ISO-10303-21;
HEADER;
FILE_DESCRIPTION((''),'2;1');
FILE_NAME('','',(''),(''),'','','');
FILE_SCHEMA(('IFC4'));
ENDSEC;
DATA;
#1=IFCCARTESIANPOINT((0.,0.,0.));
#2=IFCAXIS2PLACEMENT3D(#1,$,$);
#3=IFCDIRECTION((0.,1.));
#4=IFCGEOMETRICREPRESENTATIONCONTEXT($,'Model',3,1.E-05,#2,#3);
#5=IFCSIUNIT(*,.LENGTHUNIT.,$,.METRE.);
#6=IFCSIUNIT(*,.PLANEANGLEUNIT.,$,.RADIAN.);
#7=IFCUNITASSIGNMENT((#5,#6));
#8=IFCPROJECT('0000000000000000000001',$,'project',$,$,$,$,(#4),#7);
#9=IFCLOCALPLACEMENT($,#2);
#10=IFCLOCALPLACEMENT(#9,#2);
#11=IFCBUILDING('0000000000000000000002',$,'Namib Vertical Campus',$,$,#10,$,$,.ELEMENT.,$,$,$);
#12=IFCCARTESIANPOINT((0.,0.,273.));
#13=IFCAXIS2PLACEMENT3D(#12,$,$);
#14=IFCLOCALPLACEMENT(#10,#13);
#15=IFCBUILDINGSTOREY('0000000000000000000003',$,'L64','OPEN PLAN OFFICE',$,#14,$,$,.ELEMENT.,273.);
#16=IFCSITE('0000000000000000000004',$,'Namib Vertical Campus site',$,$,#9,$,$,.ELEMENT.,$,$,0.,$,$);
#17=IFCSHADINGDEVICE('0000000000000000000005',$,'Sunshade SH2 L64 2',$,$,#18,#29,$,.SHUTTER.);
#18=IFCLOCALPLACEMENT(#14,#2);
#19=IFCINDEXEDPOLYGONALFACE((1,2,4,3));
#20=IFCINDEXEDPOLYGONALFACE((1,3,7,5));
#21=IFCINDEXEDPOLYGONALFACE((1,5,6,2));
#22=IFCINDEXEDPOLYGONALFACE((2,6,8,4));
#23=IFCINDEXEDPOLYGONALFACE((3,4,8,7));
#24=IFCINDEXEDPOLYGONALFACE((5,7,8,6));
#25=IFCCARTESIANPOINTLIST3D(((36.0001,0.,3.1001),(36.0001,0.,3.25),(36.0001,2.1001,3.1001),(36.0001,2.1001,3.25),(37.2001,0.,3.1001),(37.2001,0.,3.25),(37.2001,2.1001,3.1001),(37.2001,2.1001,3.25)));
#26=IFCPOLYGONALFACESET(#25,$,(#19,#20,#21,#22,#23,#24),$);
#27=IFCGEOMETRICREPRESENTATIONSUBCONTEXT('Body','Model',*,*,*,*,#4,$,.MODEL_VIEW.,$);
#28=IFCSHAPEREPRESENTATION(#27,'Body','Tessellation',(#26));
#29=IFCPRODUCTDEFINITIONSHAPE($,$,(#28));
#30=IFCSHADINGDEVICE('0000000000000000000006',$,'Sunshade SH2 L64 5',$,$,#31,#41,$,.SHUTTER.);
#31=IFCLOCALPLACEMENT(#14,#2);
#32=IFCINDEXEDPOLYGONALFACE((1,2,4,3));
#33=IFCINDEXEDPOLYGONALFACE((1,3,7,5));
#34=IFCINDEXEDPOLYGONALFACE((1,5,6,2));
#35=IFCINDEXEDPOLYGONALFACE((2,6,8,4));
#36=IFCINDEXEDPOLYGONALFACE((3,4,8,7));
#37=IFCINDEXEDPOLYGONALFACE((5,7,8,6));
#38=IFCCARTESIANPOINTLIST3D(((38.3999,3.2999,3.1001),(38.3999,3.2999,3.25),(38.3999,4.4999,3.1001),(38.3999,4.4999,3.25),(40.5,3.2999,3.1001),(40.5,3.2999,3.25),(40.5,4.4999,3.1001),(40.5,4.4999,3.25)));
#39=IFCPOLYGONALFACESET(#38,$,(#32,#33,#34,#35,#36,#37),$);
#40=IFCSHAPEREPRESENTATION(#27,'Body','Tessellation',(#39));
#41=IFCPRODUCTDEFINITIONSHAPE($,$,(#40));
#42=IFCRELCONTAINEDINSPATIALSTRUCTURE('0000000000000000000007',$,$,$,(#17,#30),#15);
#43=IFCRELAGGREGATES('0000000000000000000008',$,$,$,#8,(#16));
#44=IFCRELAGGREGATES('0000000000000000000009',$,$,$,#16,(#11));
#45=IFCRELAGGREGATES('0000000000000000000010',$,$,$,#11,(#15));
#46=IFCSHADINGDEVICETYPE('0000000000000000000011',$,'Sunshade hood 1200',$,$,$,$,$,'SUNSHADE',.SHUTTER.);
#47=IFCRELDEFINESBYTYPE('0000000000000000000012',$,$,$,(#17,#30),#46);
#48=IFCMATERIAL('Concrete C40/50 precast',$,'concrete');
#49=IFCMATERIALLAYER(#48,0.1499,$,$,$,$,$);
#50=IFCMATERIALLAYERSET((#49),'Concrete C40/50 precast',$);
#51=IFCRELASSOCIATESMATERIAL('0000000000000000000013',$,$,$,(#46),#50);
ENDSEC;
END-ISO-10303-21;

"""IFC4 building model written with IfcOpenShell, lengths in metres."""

from ifc_helpers import new_model, si_unit, direction, frame, origin, origin_2d, place, context, subcontext, project, spatial, rectangle, extrude, material, layer, layer_set, type_object, element, save


model = new_model("IFC4")

# Units and contexts
model_context = context("Model", 3, precision=1e-05, world=origin(), true_north=direction((0.0, 1.0)))
body_context = subcontext(model_context, "Body", "Model", "MODEL_VIEW")
ifc_project = project(units=[si_unit("LENGTHUNIT", "METRE"), si_unit("PLANEANGLEUNIT", "RADIAN")], contexts=[model_context])

# Site, building, storey
site_placement = place(None, origin())
site = spatial("IfcSite", under=ifc_project, at=site_placement, Name="Namib Vertical Campus site", CompositionType="ELEMENT", RefElevation=0.0)
building_placement = place(site_placement, origin())
building = spatial("IfcBuilding", under=site, at=building_placement, Name="Namib Vertical Campus", CompositionType="ELEMENT")
storey_placement = place(building_placement, frame((0.0, 0.0, 273.0)))
storey = spatial("IfcBuildingStorey", under=building, at=storey_placement, Name="L64", Description="OPEN PLAN OFFICE", CompositionType="ELEMENT", Elevation=273.0)

# Shading devices
ifc_material_1 = material(Name="Concrete C40/50 precast", Category="concrete")
ifc_layer_1 = layer(ifc_material_1, 0.1499)
ifc_layer_set_1 = layer_set([ifc_layer_1], Name="Concrete C40/50 precast")
shading_device_type = type_object("IfcShadingDeviceType", Name="Sunshade hood 1200", ElementType="SUNSHADE", PredefinedType="SHUTTER", material=ifc_layer_set_1)
for number, where, z_axis, x_axis, name in (
    (1, (36.6001, 1.05, 3.1001), (0.0, 0.0, 1.0), (0.0, 1.0, 0.0), "Sunshade SH2 L64 2"),
    (2, (39.45, 3.8999, 3.1001), (0.0, 0.0, 1.0), (1.0, 0.0, 0.0), "Sunshade SH2 L64 5"),
):
    element("IfcShadingDevice", number, at=place(storey_placement, frame(where, z_axis=z_axis, x_axis=x_axis)), inside=storey, type_object=shading_device_type, Name=name, PredefinedType="SHUTTER", context=body_context, shape_type="SweptSolid", body=[
        extrude(rectangle(XDim=2.1001, YDim=1.2, at=origin_2d()), origin(), (0.0, 0.0, 1.0), 0.1499),
    ])

save(model, "model.ifc")
